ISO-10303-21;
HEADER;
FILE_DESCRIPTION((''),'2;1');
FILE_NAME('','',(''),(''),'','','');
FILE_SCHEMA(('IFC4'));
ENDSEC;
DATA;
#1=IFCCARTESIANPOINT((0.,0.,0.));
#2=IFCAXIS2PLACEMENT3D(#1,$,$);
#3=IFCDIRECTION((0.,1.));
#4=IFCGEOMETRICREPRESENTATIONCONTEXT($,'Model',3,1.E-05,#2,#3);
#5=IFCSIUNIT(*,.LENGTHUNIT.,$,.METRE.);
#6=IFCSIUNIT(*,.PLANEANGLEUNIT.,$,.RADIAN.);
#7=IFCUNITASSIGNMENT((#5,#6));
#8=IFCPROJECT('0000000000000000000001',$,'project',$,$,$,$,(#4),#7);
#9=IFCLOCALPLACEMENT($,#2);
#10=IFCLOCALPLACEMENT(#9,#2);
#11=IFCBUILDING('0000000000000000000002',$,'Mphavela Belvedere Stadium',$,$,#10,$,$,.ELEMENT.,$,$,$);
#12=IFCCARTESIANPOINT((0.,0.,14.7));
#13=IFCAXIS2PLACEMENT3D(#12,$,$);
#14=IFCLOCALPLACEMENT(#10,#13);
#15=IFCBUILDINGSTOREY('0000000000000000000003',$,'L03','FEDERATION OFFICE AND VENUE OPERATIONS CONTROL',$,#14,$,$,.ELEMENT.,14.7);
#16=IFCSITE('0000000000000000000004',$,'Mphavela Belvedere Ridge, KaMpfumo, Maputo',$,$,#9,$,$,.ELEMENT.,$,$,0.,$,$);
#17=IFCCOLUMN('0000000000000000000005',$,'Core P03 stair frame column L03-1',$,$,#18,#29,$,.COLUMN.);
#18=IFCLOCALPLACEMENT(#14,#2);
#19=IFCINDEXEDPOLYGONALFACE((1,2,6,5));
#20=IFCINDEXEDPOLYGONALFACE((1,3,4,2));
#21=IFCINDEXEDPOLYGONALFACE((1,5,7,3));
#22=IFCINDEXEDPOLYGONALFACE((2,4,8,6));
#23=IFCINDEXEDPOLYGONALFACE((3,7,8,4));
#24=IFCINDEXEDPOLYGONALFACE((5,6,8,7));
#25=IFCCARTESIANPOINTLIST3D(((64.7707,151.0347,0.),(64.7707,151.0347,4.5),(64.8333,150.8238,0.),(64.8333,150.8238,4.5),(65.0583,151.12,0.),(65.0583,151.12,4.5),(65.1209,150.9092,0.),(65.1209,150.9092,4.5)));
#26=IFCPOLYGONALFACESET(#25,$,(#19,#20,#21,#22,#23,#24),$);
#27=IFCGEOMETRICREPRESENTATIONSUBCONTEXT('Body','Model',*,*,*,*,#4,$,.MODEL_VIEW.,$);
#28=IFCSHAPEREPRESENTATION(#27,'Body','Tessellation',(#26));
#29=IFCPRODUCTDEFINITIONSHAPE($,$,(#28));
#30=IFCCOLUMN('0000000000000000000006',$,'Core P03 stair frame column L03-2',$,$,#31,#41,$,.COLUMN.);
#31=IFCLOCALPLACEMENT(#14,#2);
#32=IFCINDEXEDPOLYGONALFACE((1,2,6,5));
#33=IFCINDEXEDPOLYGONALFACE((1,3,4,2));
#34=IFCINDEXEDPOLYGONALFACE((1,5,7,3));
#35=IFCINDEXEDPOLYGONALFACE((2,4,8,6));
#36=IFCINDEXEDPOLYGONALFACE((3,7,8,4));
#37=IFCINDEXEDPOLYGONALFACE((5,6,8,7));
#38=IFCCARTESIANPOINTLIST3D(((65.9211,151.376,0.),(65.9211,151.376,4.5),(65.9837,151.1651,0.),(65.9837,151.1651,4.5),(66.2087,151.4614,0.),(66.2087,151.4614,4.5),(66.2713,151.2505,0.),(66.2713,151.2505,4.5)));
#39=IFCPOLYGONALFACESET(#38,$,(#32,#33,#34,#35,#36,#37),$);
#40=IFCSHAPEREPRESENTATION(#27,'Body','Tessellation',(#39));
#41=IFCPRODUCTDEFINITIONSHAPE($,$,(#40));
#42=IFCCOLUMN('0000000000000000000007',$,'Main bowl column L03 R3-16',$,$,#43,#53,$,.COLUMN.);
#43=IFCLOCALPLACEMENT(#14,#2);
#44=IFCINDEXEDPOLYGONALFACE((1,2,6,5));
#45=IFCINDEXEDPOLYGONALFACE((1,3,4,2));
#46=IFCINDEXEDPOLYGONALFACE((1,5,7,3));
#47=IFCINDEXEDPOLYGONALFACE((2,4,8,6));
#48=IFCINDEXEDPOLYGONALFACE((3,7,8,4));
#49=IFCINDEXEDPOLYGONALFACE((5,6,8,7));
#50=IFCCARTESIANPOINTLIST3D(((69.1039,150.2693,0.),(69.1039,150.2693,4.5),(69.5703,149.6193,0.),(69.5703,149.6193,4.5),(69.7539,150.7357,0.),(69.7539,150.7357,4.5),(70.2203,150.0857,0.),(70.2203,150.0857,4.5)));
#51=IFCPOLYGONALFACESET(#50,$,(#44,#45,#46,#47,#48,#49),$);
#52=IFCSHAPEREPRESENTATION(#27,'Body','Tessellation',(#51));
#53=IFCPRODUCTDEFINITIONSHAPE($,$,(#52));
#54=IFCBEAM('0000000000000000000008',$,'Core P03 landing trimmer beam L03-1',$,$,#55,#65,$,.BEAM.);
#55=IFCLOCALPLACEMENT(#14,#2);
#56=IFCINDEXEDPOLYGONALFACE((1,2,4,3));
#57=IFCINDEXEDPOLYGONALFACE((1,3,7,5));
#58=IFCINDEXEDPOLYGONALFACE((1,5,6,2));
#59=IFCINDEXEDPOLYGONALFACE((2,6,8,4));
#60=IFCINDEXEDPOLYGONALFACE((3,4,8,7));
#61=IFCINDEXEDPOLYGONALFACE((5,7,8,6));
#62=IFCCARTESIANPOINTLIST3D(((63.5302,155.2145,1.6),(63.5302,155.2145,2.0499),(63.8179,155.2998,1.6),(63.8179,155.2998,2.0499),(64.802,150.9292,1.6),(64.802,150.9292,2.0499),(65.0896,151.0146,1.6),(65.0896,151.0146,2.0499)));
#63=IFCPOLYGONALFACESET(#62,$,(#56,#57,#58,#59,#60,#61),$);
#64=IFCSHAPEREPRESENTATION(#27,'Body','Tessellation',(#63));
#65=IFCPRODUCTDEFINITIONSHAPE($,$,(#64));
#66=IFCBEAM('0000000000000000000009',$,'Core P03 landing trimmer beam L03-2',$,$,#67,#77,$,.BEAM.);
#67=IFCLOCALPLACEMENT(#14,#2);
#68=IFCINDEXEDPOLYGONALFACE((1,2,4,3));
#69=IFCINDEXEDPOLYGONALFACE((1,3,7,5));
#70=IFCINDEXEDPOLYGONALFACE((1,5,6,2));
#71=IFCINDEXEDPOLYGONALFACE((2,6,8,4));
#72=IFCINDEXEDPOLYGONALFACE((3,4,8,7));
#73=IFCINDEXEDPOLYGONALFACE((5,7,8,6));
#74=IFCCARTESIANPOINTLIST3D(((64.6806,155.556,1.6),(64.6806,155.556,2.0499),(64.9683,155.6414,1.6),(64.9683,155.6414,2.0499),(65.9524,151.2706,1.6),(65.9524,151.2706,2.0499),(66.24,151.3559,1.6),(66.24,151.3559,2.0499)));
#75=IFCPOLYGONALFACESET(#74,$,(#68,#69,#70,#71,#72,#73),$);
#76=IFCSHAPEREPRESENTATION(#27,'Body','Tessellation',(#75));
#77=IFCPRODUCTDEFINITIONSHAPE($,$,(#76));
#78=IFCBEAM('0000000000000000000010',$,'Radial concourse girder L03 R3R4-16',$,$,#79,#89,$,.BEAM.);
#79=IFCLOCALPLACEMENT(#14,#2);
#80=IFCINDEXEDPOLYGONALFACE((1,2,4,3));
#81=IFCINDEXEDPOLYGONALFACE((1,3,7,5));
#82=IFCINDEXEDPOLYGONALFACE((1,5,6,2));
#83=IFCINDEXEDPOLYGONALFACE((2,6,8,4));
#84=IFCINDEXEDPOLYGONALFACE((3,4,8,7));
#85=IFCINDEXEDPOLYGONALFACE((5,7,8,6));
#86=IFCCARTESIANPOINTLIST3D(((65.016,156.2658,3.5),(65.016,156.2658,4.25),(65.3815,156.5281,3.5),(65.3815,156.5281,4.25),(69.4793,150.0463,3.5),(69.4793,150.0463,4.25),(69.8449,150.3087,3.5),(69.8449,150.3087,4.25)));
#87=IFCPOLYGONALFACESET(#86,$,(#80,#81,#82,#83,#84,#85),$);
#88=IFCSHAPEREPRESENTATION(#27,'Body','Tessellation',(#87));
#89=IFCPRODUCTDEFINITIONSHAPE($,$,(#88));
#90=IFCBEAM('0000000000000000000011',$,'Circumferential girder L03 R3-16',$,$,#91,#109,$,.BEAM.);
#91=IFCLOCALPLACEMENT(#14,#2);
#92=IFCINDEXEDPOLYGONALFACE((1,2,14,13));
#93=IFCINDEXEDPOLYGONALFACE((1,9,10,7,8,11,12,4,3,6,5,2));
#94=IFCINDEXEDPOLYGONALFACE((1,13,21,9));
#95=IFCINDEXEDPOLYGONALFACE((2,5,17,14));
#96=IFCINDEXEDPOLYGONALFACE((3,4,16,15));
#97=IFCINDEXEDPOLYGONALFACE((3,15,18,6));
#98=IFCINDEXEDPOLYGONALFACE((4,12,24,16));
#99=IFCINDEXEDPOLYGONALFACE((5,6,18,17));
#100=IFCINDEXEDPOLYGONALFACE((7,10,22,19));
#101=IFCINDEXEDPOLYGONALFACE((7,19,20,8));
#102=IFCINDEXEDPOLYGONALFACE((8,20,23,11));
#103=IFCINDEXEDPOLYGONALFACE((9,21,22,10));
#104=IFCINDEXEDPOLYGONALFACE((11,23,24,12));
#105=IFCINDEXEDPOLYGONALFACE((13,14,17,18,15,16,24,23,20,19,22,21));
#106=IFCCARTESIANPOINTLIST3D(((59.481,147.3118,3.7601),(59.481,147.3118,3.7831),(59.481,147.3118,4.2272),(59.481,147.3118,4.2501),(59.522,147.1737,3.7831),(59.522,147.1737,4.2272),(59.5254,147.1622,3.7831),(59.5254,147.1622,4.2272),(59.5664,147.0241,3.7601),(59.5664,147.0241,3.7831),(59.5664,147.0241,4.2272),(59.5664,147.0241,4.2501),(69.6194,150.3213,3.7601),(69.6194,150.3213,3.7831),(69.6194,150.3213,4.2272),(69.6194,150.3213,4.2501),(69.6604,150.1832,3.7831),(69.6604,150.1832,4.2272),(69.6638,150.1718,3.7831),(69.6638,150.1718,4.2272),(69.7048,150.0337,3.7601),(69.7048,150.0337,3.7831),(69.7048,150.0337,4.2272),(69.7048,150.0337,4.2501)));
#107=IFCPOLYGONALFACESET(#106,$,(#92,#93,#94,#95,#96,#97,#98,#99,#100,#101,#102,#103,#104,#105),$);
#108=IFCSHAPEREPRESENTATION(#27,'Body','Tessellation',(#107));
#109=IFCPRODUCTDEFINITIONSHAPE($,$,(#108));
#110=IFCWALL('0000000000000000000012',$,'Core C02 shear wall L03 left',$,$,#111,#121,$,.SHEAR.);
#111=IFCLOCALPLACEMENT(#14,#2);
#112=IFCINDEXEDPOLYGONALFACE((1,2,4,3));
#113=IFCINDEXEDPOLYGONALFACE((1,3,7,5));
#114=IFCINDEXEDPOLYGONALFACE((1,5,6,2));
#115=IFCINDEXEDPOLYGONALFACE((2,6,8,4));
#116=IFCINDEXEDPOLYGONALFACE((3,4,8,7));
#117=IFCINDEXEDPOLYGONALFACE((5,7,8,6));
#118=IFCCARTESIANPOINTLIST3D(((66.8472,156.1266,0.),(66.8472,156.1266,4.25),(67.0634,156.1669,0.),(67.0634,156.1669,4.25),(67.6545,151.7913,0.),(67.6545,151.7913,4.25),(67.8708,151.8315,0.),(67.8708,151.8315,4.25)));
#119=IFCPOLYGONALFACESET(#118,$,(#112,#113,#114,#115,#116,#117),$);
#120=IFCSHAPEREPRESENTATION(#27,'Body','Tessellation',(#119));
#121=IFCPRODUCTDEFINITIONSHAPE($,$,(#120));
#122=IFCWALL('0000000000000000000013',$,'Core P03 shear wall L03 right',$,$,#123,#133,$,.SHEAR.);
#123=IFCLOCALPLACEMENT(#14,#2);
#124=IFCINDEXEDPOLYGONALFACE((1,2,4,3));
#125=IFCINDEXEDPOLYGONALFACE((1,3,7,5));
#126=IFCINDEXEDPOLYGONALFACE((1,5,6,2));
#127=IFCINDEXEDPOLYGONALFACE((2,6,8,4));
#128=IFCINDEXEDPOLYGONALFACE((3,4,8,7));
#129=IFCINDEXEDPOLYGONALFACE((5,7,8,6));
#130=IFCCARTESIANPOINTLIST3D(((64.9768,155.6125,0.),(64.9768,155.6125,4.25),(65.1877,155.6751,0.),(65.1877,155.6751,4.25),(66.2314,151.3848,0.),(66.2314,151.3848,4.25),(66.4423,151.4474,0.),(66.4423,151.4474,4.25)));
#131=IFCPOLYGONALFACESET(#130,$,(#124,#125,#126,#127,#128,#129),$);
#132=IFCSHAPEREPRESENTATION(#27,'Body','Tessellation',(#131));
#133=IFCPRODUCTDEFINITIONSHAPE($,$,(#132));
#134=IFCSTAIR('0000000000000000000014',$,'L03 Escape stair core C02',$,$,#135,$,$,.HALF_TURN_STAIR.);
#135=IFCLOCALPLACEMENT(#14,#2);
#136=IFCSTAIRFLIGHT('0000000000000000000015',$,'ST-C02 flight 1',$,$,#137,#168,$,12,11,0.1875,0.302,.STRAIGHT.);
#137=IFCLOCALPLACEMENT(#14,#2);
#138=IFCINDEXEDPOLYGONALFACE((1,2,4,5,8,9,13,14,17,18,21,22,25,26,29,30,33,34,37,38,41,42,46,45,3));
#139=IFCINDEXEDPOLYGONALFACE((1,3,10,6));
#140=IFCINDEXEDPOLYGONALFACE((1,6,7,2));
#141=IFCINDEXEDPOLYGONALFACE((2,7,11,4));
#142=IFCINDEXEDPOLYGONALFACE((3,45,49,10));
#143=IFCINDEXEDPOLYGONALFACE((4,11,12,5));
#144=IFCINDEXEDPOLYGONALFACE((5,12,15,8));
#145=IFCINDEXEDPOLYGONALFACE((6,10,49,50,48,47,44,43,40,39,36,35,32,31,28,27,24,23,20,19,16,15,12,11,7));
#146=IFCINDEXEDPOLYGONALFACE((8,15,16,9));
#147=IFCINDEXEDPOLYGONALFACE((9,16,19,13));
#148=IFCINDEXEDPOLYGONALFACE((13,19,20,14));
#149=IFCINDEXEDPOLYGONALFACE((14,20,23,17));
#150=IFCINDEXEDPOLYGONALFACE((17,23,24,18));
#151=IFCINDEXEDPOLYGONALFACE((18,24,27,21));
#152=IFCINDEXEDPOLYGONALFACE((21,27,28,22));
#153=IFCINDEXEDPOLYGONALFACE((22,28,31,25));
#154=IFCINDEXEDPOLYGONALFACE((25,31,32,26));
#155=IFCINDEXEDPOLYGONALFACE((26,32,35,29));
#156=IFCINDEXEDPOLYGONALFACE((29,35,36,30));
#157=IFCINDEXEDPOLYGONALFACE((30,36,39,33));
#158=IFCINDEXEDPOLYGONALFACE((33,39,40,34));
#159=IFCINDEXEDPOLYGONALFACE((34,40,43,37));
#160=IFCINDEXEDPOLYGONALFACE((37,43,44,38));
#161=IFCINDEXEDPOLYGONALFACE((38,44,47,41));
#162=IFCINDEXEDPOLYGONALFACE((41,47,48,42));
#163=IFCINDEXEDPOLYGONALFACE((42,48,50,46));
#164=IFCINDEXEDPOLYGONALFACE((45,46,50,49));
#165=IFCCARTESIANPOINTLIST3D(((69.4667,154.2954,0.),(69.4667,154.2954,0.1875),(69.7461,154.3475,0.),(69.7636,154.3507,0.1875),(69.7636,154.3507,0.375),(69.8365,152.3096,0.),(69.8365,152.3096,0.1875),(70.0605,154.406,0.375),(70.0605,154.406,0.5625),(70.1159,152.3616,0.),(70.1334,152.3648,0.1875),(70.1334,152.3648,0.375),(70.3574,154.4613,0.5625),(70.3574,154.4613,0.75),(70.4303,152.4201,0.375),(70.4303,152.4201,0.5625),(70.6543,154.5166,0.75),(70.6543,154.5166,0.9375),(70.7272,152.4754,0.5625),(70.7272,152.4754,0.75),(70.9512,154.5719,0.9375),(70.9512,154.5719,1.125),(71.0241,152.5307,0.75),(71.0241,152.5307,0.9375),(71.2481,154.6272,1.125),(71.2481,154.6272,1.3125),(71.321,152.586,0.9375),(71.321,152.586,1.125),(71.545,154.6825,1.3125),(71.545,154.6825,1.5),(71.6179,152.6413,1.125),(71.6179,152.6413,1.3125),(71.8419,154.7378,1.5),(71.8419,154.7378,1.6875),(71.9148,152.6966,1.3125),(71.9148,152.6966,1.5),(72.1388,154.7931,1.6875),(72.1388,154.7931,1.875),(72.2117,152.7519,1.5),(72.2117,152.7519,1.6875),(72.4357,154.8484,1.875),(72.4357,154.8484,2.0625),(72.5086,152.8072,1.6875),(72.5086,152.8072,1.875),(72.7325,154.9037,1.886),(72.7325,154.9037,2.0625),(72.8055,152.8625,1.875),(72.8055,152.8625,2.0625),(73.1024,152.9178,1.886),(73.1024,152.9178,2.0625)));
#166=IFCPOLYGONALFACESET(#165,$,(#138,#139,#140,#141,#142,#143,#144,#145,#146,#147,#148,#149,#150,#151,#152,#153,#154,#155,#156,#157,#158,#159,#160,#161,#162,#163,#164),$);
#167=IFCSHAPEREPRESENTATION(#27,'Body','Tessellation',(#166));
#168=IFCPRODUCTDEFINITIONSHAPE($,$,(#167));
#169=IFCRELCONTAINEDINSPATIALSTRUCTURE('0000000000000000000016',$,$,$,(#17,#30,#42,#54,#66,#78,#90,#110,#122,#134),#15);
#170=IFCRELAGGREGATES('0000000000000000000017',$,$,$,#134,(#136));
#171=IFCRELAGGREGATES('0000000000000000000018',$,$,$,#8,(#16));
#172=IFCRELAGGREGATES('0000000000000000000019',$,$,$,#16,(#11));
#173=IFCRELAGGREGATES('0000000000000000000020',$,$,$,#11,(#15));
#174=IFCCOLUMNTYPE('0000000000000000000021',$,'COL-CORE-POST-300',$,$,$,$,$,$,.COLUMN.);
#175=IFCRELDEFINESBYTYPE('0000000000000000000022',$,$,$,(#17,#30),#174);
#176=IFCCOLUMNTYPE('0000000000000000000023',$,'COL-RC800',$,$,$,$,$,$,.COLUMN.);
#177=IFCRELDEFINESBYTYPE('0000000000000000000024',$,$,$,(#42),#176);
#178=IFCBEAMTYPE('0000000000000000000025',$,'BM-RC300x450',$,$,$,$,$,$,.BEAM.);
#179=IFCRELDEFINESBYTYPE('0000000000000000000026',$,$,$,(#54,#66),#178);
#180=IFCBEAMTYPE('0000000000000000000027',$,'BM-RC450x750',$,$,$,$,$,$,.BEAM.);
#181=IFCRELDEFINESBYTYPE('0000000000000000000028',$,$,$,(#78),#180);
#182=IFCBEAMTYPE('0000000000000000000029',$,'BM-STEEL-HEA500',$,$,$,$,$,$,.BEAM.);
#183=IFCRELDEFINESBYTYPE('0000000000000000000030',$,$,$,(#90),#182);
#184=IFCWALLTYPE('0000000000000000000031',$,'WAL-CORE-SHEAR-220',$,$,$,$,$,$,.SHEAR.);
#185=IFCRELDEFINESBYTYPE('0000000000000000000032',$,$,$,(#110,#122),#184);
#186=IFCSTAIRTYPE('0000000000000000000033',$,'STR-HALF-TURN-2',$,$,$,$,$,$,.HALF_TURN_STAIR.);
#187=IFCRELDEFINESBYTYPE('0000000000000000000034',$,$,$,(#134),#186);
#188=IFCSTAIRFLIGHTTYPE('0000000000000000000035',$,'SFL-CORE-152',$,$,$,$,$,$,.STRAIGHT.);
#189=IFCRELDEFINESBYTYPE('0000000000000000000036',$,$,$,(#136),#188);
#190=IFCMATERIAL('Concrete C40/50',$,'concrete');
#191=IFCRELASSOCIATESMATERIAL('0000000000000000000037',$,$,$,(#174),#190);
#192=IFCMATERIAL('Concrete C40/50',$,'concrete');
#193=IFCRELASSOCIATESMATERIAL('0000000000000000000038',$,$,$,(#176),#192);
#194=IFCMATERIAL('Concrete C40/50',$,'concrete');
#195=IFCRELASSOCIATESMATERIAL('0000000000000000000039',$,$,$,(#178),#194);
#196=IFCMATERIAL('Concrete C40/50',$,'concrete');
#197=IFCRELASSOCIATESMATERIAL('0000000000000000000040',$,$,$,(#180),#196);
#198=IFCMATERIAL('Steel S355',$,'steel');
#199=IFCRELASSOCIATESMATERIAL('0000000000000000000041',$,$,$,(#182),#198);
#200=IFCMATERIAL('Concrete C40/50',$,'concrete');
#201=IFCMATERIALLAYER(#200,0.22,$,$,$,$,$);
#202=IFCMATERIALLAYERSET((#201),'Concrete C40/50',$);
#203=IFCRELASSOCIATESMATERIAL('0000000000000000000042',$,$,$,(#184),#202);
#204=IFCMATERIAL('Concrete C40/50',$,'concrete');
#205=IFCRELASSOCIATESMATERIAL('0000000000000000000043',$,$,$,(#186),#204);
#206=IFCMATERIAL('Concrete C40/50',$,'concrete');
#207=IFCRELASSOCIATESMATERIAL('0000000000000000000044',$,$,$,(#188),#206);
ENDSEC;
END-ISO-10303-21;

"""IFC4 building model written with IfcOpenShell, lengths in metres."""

from ifc_helpers import new_model, si_unit, direction, frame, frame_2d, origin, origin_2d, place, context, subcontext, project, spatial, polyline, rectangle, i_section, outline, extrude, material, layer, layer_set, material_profile, profile_set, type_object, element, aggregate, save


model = new_model("IFC4")

# Units and contexts
model_context = context("Model", 3, precision=1e-05, world=origin(), true_north=direction((0.0, 1.0)))
body_context = subcontext(model_context, "Body", "Model", "MODEL_VIEW")
ifc_project = project(units=[si_unit("LENGTHUNIT", "METRE"), si_unit("PLANEANGLEUNIT", "RADIAN")], contexts=[model_context])

# Site, building, storey
site_placement = place(None, origin())
site = spatial("IfcSite", under=ifc_project, at=site_placement, Name="Mphavela Belvedere Ridge, KaMpfumo, Maputo", CompositionType="ELEMENT", RefElevation=0.0)
building_placement = place(site_placement, origin())
building = spatial("IfcBuilding", under=site, at=building_placement, Name="Mphavela Belvedere Stadium", CompositionType="ELEMENT")
storey_placement = place(building_placement, frame((0.0, 0.0, 14.7)))
storey = spatial("IfcBuildingStorey", under=building, at=storey_placement, Name="L03", Description="FEDERATION OFFICE AND VENUE OPERATIONS CONTROL", CompositionType="ELEMENT", Elevation=14.7)

# Columns
ifc_material_1 = material(Name="Concrete C40/50", Category="concrete")
ifc_material_profile_1 = material_profile(ifc_material_1, rectangle(XDim=0.3, YDim=0.22, at=origin_2d()), Name="RC 300x220")
ifc_profile_set_1 = profile_set([ifc_material_profile_1], Name="Concrete C40/50")
column_type_1 = type_object("IfcColumnType", Name="COL-CORE-POST-300", PredefinedType="COLUMN", material=ifc_profile_set_1)
for number, where, z_axis, x_axis, name in (
    (1, (64.9458, 150.9719, 0.0), (0.0, 0.0, 1.0), (0.958671, 0.284517, 0.0), "Core P03 stair frame column L03-1"),
    (2, (66.0962, 151.3132, 0.0), (0.0, 0.0, 1.0), (0.958671, 0.284517, 0.0), "Core P03 stair frame column L03-2"),
):
    element("IfcColumn", number, at=place(storey_placement, frame(where, z_axis=z_axis, x_axis=x_axis)), inside=storey, type_object=column_type_1, Name=name, PredefinedType="COLUMN", context=body_context, shape_type="SweptSolid", body=[
        extrude(rectangle(XDim=0.3, YDim=0.22, at=origin_2d()), origin(), (0.0, 0.0, 1.0), 4.5),
    ])
ifc_material_2 = material(Name="Concrete C40/50", Category="concrete")
ifc_material_profile_2 = material_profile(ifc_material_2, rectangle(XDim=0.8, YDim=0.8, at=origin_2d()), Name="RC 800x800")
ifc_profile_set_2 = profile_set([ifc_material_profile_2], Name="Concrete C40/50")
column_type_2 = type_object("IfcColumnType", Name="COL-RC800", PredefinedType="COLUMN", material=ifc_profile_set_2)
column_placement = place(storey_placement, frame((69.6621, 150.1775, 0.0), z_axis=(0.0, 0.0, 1.0), x_axis=(-0.582974, 0.812491, 0.0)))
element("IfcColumn", 3, at=column_placement, inside=storey, type_object=column_type_2, Name="Main bowl column L03 R3-16", PredefinedType="COLUMN", context=body_context, shape_type="SweptSolid", body=[
    extrude(rectangle(XDim=0.8, YDim=0.8, at=origin_2d()), origin(), (0.0, 0.0, 1.0), 4.5),
])

# Beams
ifc_material_3 = material(Name="Concrete C40/50", Category="concrete")
ifc_material_profile_3 = material_profile(ifc_material_3, rectangle(XDim=0.3, YDim=0.45, at=origin_2d()), Name="RC 300x450")
ifc_profile_set_3 = profile_set([ifc_material_profile_3], Name="Concrete C40/50")
beam_type_1 = type_object("IfcBeamType", Name="BM-RC300x450", PredefinedType="BEAM", material=ifc_profile_set_3)
beam_1_placement = place(storey_placement, frame((64.9458, 150.9719, 1.825), z_axis=(-0.28451, 0.958673, 0.0), x_axis=(-0.958673, -0.28451, 0.0)))
element("IfcBeam", 4, at=beam_1_placement, inside=storey, type_object=beam_type_1, Name="Core P03 landing trimmer beam L03-1", PredefinedType="BEAM", context=body_context, shape_type="SweptSolid", body=[
    extrude(rectangle(XDim=0.3, YDim=0.45, at=origin_2d()), origin(), (0.0, 0.0, 1.0), 4.47),
])
beam_2_placement = place(storey_placement, frame((66.0962, 151.3132, 1.825), z_axis=(-0.284496, 0.958677, 0.0), x_axis=(-0.958677, -0.284496, 0.0)))
element("IfcBeam", 5, at=beam_2_placement, inside=storey, type_object=beam_type_1, Name="Core P03 landing trimmer beam L03-2", PredefinedType="BEAM", context=body_context, shape_type="SweptSolid", body=[
    extrude(rectangle(XDim=0.3, YDim=0.45, at=origin_2d()), origin(), (0.0, 0.0, 1.0), 4.4702),
])
ifc_material_4 = material(Name="Concrete C40/50", Category="concrete")
ifc_material_profile_4 = material_profile(ifc_material_4, rectangle(XDim=0.45, YDim=0.75, at=origin_2d()), Name="RC 450x750")
ifc_profile_set_4 = profile_set([ifc_material_profile_4], Name="Concrete C40/50")
beam_type_2 = type_object("IfcBeamType", Name="BM-RC450x750", PredefinedType="BEAM", material=ifc_profile_set_4)
beam_3_placement = place(storey_placement, frame((69.6621, 150.1775, 3.875), z_axis=(-0.583044, 0.812441, 0.0), x_axis=(-0.812441, -0.583044, 0.0)))
element("IfcBeam", 6, at=beam_3_placement, inside=storey, type_object=beam_type_2, Name="Radial concourse girder L03 R3R4-16", PredefinedType="BEAM", context=body_context, shape_type="SweptSolid", body=[
    extrude(rectangle(XDim=0.45, YDim=0.75, at=origin_2d()), origin(), (0.0, 0.0, 1.0), 7.6553),
])
ifc_material_5 = material(Name="Steel S355", Category="steel")
ifc_material_profile_5 = material_profile(ifc_material_5, i_section(OverallWidth=0.3, OverallDepth=0.49, WebThickness=0.012, FlangeThickness=0.0229, at=origin_2d()), Name="HEA 500")
ifc_profile_set_5 = profile_set([ifc_material_profile_5], Name="Steel S355")
beam_type_3 = type_object("IfcBeamType", Name="BM-STEEL-HEA500", PredefinedType="BEAM", material=ifc_profile_set_5)
beam_4_placement = place(storey_placement, frame((69.6621, 150.1775, 4.0051), z_axis=(-0.958655, -0.28457, 0.0), x_axis=(0.28457, -0.958655, 0.0)))
element("IfcBeam", 7, at=beam_4_placement, inside=storey, type_object=beam_type_3, Name="Circumferential girder L03 R3-16", PredefinedType="BEAM", context=body_context, shape_type="SweptSolid", body=[
    extrude(i_section(OverallWidth=0.3, OverallDepth=0.49, WebThickness=0.012, FlangeThickness=0.0229, at=origin_2d()), origin(), (0.0, 0.0, 1.0), 10.5757),
])

# Wall
ifc_material_6 = material(Name="Concrete C40/50", Category="concrete")
ifc_layer = layer(ifc_material_6, 0.22)
ifc_layer_set = layer_set([ifc_layer], Name="Concrete C40/50")
wall_type = type_object("IfcWallType", Name="WAL-CORE-SHEAR-220", PredefinedType="SHEAR", material=ifc_layer_set)
wall_1_placement = place(storey_placement, frame((67.7627, 151.8113, 0.0), z_axis=(0.0, 0.0, 1.0), x_axis=(-0.183078, 0.983098, 0.0)))
element("IfcWall", 8, at=wall_1_placement, inside=storey, type_object=wall_type, Name="Core C02 shear wall L03 left", PredefinedType="SHEAR", context=body_context, shape_type="SweptSolid", body=[
    extrude(rectangle(XDim=4.4099, YDim=0.22, at=frame_2d((2.2051, 0.0))), origin(), (0.0, 0.0, 1.0), 4.25),
])

# Wall
wall_2_placement = place(storey_placement, frame((66.3369, 151.416, 0.0), z_axis=(0.0, 0.0, 1.0), x_axis=(-0.284497, 0.958677, 0.0)))
element("IfcWall", 9, at=wall_2_placement, inside=storey, type_object=wall_type, Name="Core P03 shear wall L03 right", PredefinedType="SHEAR", context=body_context, shape_type="SweptSolid", body=[
    extrude(rectangle(XDim=4.4099, YDim=0.22, at=frame_2d((2.2051, 0.0))), origin(), (0.0, 0.0, 1.0), 4.25),
])

# Stair, stair flight
ifc_material_7 = material(Name="Concrete C40/50", Category="concrete")
stair_type_1 = type_object("IfcStairType", Name="STR-HALF-TURN-2", PredefinedType="HALF_TURN_STAIR", material=ifc_material_7)
stair_1_placement = place(storey_placement, origin())
stair_1 = element("IfcStair", 10, at=stair_1_placement, inside=storey, type_object=stair_type_1, Name="L03 Escape stair core C02", PredefinedType="HALF_TURN_STAIR")
ifc_material_8 = material(Name="Concrete C40/50", Category="concrete")
stair_flight_type = type_object("IfcStairFlightType", Name="SFL-CORE-152", PredefinedType="STRAIGHT", material=ifc_material_8)
stair_flight_1_placement = place(storey_placement, frame((69.6516, 153.3025, 0.0), z_axis=(0.0, 0.0, 1.0), x_axis=(0.983096, 0.183094, 0.0)))
stair_flight_1 = element("IfcStairFlight", 11, at=stair_flight_1_placement, type_object=stair_flight_type, Name="ST-C02 flight 1", NumberOfRisers=12, NumberOfTreads=11, PredefinedType="STRAIGHT", RiserHeight=0.1875, TreadLength=0.302, context=body_context, shape_type="SweptSolid", body=[
    extrude(outline(polyline([(0.0, 0.0), (0.0, 0.1875), (0.302, 0.1875), (0.302, 0.375), (0.604, 0.375), (0.604, 0.5625), (0.906, 0.5625), (0.906, 0.75), (1.208, 0.75), (1.208, 0.9375), (1.51, 0.9375), (1.51, 1.125), (1.812, 1.125), (1.812, 1.3125), (2.114, 1.3125), (2.114, 1.5), (2.416, 1.5), (2.416, 1.6875), (2.718, 1.6875), (2.718, 1.875), (3.02, 1.875), (3.02, 2.0625), (3.322, 2.0625), (3.322, 2.25), (3.322, 1.886), (0.2842, 0.0), (0.0, 0.0)])), frame((0.0, 1.01, 0.0), z_axis=(0.0, -1.0, 0.0), x_axis=(1.0, 0.0, 0.0)), (0.0, 0.0, 1.0), 2.02),
])
aggregate(stair_1, [stair_flight_1])

save(model, "model.ifc")
